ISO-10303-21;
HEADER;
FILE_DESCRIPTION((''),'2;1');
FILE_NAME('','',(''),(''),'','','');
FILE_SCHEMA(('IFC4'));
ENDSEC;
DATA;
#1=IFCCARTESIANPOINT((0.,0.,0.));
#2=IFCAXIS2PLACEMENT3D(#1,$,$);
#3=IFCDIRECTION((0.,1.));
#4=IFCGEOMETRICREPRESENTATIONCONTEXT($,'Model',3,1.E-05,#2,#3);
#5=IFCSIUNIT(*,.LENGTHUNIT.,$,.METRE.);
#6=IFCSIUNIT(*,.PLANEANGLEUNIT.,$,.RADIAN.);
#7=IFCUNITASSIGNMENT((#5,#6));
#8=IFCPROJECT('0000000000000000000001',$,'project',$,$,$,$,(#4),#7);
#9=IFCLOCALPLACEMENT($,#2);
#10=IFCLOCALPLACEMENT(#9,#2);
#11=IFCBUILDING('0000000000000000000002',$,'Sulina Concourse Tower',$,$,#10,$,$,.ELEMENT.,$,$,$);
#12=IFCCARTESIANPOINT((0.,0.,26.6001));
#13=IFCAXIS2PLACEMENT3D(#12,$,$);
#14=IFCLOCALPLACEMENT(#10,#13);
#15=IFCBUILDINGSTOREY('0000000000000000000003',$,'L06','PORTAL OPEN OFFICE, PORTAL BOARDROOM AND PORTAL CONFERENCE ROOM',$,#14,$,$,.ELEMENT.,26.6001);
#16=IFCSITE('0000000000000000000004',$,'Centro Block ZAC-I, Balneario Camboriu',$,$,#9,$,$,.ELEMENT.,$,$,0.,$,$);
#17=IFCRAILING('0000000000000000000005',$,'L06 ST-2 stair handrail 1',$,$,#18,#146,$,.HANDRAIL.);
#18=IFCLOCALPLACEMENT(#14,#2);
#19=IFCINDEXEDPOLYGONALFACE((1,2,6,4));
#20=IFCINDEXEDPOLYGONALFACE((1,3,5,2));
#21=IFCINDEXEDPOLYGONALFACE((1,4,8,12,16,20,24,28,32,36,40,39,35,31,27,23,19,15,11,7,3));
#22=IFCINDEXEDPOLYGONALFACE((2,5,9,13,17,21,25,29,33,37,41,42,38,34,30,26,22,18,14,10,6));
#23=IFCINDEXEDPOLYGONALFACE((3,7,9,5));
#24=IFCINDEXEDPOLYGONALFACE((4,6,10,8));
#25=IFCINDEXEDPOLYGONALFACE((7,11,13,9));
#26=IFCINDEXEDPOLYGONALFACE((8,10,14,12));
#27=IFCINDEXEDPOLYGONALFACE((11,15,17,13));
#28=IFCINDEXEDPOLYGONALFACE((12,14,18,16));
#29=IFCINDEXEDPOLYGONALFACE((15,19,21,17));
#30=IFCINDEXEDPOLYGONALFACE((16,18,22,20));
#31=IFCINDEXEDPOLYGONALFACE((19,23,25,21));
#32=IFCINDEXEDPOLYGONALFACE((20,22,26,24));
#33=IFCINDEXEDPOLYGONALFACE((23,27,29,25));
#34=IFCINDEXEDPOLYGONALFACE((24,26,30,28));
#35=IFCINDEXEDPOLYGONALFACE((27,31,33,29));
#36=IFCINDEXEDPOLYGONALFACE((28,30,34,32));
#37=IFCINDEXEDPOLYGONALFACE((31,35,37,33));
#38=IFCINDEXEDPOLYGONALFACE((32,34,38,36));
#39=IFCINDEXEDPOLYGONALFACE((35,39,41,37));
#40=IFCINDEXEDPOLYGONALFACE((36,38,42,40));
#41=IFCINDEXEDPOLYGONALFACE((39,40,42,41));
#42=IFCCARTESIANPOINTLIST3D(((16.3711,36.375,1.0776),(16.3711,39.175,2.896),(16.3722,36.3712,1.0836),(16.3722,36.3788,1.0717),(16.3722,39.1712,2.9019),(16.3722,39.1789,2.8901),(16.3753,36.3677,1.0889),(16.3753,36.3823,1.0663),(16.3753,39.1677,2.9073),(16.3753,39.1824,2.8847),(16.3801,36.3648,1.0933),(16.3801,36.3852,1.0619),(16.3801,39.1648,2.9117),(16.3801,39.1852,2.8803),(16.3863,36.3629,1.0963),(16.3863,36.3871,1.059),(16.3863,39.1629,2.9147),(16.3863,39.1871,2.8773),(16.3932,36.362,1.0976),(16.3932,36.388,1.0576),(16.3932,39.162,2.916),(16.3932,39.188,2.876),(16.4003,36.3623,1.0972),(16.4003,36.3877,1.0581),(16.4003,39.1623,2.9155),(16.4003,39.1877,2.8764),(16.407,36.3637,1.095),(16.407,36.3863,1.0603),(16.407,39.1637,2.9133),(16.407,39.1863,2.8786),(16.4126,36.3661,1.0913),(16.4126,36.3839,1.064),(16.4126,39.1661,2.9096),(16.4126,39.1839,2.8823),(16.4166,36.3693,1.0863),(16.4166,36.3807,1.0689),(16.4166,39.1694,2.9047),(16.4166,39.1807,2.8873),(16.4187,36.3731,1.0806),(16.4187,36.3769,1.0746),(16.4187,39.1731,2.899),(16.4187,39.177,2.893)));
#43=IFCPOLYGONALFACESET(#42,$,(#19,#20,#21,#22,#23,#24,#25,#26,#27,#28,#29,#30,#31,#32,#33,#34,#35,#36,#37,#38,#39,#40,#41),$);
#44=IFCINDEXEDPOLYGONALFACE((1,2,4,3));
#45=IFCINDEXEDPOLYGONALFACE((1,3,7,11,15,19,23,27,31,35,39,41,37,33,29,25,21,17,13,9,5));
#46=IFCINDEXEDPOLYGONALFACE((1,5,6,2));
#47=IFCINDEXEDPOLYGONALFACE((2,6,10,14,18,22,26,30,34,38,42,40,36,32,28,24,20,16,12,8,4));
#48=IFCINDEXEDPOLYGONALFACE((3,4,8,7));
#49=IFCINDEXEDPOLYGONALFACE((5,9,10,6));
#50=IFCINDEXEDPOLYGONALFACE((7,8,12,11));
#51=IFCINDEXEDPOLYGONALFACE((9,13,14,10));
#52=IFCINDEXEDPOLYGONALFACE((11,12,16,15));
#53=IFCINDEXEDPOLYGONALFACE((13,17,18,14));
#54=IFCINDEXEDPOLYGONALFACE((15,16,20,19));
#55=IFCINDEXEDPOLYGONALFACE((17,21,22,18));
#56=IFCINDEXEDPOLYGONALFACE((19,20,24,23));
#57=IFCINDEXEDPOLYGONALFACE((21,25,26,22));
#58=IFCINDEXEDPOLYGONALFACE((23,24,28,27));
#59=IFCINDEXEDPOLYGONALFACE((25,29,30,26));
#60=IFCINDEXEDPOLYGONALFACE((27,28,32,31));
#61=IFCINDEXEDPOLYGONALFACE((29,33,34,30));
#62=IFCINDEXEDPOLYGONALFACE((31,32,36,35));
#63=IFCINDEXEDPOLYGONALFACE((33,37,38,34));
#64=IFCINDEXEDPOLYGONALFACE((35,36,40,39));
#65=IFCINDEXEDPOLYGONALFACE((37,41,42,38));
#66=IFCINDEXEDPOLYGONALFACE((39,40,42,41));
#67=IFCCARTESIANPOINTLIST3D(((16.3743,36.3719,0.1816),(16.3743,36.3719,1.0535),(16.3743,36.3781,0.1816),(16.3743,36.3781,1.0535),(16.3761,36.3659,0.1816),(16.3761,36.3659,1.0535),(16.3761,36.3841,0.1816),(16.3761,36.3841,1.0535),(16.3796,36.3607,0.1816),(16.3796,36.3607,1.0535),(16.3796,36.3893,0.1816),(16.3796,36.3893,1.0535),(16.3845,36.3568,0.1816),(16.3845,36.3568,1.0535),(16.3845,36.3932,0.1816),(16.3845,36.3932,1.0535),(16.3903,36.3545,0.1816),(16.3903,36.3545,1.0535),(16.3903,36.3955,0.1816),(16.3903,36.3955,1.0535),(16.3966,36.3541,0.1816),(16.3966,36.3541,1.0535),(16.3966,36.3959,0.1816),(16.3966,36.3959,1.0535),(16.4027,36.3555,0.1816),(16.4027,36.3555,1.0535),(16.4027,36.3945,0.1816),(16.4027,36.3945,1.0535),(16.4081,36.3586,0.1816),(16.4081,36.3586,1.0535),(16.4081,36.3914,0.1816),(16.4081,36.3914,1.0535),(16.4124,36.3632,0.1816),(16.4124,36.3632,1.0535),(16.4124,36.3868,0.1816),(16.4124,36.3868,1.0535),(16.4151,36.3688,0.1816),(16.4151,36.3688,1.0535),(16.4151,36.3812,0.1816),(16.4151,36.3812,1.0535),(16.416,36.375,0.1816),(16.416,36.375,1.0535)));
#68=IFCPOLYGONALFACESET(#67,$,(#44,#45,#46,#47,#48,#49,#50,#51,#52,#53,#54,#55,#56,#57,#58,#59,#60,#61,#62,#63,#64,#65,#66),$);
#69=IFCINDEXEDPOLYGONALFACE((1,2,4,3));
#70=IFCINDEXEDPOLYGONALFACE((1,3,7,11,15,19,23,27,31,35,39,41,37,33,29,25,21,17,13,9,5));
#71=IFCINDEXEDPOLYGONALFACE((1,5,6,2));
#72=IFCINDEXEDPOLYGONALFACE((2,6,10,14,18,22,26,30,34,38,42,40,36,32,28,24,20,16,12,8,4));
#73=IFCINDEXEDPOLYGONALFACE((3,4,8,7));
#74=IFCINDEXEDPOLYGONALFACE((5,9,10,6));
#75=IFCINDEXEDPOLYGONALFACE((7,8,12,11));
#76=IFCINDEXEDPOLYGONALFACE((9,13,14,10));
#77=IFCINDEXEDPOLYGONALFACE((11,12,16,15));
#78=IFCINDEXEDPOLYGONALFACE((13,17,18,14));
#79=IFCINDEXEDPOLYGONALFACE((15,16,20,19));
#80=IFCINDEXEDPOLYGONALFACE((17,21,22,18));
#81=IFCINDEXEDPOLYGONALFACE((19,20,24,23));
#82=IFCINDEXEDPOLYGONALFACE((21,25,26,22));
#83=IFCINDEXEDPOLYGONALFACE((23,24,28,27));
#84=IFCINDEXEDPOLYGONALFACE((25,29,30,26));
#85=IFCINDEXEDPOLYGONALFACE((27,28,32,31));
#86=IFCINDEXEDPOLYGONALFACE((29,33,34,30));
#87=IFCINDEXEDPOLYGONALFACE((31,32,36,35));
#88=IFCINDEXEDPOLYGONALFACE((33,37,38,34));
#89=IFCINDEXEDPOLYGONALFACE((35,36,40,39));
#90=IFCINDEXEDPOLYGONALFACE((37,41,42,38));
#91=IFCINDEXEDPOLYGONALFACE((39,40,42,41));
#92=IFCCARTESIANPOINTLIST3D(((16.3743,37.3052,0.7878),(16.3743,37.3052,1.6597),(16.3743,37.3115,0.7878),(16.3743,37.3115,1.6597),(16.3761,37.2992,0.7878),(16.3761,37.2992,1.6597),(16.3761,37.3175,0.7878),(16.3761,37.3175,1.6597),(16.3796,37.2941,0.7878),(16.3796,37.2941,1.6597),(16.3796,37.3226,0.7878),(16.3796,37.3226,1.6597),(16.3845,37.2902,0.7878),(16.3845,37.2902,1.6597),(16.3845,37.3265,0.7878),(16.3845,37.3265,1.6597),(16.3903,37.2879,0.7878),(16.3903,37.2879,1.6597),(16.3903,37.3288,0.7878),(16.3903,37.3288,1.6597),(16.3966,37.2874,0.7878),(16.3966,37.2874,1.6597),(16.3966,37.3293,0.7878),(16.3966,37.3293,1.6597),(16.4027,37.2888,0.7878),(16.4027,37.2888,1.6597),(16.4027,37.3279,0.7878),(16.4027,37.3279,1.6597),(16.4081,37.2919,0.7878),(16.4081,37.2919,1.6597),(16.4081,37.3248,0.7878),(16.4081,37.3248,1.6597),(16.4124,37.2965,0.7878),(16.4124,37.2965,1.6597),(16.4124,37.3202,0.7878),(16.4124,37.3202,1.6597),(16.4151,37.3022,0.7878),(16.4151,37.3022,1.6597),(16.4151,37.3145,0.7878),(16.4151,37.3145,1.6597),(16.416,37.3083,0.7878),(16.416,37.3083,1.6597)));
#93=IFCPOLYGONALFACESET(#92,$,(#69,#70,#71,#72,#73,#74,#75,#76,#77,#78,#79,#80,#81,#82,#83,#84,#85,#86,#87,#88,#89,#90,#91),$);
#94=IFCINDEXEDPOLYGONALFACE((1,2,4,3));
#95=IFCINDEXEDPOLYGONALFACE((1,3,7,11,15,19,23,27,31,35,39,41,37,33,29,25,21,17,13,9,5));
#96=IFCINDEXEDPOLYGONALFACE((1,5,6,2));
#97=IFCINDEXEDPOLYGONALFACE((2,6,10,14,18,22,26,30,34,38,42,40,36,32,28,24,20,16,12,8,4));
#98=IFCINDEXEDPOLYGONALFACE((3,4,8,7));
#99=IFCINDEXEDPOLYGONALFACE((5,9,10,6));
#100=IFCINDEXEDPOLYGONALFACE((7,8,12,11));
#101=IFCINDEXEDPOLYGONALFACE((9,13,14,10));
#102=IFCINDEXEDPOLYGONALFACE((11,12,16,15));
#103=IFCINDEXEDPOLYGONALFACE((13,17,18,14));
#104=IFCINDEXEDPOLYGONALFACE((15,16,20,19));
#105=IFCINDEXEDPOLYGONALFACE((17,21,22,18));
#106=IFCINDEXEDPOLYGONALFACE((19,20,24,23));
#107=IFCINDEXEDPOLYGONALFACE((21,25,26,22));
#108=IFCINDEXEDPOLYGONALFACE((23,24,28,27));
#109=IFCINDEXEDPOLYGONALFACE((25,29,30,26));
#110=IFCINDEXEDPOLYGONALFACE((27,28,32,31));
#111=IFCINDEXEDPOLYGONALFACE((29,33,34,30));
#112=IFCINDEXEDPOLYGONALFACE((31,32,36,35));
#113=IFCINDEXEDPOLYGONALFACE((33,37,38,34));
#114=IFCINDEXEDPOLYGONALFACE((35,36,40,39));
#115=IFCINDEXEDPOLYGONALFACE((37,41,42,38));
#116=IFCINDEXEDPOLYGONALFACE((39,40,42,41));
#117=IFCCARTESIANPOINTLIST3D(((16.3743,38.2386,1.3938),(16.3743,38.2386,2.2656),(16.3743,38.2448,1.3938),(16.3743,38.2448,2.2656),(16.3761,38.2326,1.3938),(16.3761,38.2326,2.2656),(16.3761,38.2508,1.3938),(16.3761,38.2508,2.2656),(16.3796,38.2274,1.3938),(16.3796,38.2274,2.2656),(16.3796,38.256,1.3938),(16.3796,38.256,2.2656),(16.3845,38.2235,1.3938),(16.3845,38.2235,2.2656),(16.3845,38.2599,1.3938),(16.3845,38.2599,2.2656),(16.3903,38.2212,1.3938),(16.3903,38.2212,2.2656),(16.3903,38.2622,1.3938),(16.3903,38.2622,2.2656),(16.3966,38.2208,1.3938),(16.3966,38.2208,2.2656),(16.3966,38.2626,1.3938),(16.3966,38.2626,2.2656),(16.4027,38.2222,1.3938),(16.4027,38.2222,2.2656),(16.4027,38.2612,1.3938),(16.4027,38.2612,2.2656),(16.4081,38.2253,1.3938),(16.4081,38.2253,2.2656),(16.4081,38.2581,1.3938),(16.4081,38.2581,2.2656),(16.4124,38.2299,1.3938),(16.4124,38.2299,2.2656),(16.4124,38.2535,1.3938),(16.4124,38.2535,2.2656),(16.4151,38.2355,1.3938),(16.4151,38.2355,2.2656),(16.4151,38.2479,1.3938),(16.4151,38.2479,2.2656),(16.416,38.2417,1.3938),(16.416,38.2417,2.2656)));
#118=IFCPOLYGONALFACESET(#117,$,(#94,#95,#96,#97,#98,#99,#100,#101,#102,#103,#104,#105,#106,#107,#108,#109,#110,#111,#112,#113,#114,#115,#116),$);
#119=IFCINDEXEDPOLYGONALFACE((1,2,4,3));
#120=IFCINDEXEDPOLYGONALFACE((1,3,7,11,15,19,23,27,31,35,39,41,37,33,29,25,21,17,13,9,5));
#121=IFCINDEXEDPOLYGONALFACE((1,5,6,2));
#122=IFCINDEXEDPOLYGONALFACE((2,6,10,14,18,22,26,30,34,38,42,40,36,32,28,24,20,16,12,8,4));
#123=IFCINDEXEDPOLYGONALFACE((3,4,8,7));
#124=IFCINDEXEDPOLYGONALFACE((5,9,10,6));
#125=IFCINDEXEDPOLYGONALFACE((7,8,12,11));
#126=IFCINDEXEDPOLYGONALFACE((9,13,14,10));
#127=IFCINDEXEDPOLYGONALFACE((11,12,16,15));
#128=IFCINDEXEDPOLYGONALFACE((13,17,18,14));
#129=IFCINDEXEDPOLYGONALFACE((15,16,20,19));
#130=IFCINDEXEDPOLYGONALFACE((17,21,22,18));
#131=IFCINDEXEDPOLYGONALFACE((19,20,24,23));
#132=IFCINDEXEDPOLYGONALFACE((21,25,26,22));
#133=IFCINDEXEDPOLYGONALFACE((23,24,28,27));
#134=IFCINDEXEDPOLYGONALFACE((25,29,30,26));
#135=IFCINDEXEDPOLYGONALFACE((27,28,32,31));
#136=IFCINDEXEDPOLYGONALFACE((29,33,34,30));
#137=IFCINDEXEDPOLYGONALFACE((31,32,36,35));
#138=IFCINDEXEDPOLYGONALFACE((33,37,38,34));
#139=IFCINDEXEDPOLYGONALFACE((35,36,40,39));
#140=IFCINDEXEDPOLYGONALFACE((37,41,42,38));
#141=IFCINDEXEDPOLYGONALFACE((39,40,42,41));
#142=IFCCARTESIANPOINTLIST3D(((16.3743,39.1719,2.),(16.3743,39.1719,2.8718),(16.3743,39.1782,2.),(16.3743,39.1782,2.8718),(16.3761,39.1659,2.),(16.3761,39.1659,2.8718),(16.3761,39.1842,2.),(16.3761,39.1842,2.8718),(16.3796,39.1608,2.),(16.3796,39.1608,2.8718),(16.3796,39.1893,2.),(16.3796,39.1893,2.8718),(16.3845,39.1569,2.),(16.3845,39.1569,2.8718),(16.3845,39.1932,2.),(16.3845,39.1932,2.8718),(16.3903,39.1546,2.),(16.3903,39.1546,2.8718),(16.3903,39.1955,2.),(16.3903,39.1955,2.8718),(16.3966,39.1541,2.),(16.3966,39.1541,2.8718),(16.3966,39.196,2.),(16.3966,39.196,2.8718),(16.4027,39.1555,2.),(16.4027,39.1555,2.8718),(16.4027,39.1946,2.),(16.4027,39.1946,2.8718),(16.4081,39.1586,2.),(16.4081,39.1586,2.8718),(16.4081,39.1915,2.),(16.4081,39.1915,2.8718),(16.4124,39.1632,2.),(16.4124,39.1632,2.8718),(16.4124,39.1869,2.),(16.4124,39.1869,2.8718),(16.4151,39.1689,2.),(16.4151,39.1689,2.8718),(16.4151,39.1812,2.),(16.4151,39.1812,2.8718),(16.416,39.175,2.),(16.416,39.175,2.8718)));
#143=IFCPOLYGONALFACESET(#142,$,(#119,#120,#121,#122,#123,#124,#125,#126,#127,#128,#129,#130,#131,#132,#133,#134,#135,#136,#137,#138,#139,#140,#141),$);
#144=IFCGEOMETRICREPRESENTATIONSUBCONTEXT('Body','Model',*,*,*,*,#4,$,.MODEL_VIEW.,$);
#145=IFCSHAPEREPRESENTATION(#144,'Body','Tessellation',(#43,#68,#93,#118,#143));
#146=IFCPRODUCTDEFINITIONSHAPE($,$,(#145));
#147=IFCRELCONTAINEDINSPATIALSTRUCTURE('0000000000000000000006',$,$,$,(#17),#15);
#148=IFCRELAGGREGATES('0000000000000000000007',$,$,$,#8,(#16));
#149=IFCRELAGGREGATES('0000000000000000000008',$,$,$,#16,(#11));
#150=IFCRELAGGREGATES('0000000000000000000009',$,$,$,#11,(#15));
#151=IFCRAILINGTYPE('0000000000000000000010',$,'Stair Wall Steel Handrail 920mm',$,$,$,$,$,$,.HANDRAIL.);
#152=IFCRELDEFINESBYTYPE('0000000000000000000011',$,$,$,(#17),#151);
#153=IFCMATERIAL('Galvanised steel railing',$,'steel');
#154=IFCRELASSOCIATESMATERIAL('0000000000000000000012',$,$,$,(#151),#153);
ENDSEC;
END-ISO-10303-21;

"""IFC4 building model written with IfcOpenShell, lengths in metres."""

from ifc_helpers import new_model, si_unit, direction, frame, origin, origin_2d, place, context, subcontext, project, spatial, circle, extrude, material, type_object, element, save


model = new_model("IFC4")

# Units and contexts
model_context = context("Model", 3, precision=1e-05, world=origin(), true_north=direction((0.0, 1.0)))
body_context = subcontext(model_context, "Body", "Model", "MODEL_VIEW")
ifc_project = project(units=[si_unit("LENGTHUNIT", "METRE"), si_unit("PLANEANGLEUNIT", "RADIAN")], contexts=[model_context])

# Site, building, storey
site_placement = place(None, origin())
site = spatial("IfcSite", under=ifc_project, at=site_placement, Name="Centro Block ZAC-I, Balneario Camboriu", CompositionType="ELEMENT", RefElevation=0.0)
building_placement = place(site_placement, origin())
building = spatial("IfcBuilding", under=site, at=building_placement, Name="Sulina Concourse Tower", CompositionType="ELEMENT")
storey_placement = place(building_placement, frame((0.0, 0.0, 26.6001)))
storey = spatial("IfcBuildingStorey", under=building, at=storey_placement, Name="L06", Description="PORTAL OPEN OFFICE, PORTAL BOARDROOM AND PORTAL CONFERENCE ROOM", CompositionType="ELEMENT", Elevation=26.6001)

# Railing
ifc_material_1 = material(Name="Galvanised steel railing", Category="steel")
railing_type_1 = type_object("IfcRailingType", Name="Stair Wall Steel Handrail 920mm", PredefinedType="HANDRAIL", material=ifc_material_1)
railing_1_placement = place(storey_placement, frame((16.395, 36.375, 0.1816)))
element("IfcRailing", 1, at=railing_1_placement, inside=storey, type_object=railing_type_1, Name="L06 ST-2 stair handrail 1", PredefinedType="HANDRAIL", context=body_context, shape_type="SweptSolid", body=[
    extrude(circle(Radius=0.0239, at=origin_2d()), frame((0.0, 0.0, 0.896), z_axis=(0.0, 0.838672, 0.544636), x_axis=(-1.0, 0.0, 0.0)), (0.0, 0.0, 1.0), 3.3386),
    extrude(circle(Radius=0.021, at=origin_2d()), origin(), (0.0, 0.0, 1.0), 0.8718),
    extrude(circle(Radius=0.021, at=origin_2d()), frame((0.0, 0.9333, 0.6062)), (0.0, 0.0, 1.0), 0.8718),
    extrude(circle(Radius=0.021, at=origin_2d()), frame((0.0, 1.8667, 1.2122)), (0.0, 0.0, 1.0), 0.8718),
    extrude(circle(Radius=0.021, at=origin_2d()), frame((0.0, 2.8, 1.8184)), (0.0, 0.0, 1.0), 0.8718),
])

save(model, "model.ifc")
